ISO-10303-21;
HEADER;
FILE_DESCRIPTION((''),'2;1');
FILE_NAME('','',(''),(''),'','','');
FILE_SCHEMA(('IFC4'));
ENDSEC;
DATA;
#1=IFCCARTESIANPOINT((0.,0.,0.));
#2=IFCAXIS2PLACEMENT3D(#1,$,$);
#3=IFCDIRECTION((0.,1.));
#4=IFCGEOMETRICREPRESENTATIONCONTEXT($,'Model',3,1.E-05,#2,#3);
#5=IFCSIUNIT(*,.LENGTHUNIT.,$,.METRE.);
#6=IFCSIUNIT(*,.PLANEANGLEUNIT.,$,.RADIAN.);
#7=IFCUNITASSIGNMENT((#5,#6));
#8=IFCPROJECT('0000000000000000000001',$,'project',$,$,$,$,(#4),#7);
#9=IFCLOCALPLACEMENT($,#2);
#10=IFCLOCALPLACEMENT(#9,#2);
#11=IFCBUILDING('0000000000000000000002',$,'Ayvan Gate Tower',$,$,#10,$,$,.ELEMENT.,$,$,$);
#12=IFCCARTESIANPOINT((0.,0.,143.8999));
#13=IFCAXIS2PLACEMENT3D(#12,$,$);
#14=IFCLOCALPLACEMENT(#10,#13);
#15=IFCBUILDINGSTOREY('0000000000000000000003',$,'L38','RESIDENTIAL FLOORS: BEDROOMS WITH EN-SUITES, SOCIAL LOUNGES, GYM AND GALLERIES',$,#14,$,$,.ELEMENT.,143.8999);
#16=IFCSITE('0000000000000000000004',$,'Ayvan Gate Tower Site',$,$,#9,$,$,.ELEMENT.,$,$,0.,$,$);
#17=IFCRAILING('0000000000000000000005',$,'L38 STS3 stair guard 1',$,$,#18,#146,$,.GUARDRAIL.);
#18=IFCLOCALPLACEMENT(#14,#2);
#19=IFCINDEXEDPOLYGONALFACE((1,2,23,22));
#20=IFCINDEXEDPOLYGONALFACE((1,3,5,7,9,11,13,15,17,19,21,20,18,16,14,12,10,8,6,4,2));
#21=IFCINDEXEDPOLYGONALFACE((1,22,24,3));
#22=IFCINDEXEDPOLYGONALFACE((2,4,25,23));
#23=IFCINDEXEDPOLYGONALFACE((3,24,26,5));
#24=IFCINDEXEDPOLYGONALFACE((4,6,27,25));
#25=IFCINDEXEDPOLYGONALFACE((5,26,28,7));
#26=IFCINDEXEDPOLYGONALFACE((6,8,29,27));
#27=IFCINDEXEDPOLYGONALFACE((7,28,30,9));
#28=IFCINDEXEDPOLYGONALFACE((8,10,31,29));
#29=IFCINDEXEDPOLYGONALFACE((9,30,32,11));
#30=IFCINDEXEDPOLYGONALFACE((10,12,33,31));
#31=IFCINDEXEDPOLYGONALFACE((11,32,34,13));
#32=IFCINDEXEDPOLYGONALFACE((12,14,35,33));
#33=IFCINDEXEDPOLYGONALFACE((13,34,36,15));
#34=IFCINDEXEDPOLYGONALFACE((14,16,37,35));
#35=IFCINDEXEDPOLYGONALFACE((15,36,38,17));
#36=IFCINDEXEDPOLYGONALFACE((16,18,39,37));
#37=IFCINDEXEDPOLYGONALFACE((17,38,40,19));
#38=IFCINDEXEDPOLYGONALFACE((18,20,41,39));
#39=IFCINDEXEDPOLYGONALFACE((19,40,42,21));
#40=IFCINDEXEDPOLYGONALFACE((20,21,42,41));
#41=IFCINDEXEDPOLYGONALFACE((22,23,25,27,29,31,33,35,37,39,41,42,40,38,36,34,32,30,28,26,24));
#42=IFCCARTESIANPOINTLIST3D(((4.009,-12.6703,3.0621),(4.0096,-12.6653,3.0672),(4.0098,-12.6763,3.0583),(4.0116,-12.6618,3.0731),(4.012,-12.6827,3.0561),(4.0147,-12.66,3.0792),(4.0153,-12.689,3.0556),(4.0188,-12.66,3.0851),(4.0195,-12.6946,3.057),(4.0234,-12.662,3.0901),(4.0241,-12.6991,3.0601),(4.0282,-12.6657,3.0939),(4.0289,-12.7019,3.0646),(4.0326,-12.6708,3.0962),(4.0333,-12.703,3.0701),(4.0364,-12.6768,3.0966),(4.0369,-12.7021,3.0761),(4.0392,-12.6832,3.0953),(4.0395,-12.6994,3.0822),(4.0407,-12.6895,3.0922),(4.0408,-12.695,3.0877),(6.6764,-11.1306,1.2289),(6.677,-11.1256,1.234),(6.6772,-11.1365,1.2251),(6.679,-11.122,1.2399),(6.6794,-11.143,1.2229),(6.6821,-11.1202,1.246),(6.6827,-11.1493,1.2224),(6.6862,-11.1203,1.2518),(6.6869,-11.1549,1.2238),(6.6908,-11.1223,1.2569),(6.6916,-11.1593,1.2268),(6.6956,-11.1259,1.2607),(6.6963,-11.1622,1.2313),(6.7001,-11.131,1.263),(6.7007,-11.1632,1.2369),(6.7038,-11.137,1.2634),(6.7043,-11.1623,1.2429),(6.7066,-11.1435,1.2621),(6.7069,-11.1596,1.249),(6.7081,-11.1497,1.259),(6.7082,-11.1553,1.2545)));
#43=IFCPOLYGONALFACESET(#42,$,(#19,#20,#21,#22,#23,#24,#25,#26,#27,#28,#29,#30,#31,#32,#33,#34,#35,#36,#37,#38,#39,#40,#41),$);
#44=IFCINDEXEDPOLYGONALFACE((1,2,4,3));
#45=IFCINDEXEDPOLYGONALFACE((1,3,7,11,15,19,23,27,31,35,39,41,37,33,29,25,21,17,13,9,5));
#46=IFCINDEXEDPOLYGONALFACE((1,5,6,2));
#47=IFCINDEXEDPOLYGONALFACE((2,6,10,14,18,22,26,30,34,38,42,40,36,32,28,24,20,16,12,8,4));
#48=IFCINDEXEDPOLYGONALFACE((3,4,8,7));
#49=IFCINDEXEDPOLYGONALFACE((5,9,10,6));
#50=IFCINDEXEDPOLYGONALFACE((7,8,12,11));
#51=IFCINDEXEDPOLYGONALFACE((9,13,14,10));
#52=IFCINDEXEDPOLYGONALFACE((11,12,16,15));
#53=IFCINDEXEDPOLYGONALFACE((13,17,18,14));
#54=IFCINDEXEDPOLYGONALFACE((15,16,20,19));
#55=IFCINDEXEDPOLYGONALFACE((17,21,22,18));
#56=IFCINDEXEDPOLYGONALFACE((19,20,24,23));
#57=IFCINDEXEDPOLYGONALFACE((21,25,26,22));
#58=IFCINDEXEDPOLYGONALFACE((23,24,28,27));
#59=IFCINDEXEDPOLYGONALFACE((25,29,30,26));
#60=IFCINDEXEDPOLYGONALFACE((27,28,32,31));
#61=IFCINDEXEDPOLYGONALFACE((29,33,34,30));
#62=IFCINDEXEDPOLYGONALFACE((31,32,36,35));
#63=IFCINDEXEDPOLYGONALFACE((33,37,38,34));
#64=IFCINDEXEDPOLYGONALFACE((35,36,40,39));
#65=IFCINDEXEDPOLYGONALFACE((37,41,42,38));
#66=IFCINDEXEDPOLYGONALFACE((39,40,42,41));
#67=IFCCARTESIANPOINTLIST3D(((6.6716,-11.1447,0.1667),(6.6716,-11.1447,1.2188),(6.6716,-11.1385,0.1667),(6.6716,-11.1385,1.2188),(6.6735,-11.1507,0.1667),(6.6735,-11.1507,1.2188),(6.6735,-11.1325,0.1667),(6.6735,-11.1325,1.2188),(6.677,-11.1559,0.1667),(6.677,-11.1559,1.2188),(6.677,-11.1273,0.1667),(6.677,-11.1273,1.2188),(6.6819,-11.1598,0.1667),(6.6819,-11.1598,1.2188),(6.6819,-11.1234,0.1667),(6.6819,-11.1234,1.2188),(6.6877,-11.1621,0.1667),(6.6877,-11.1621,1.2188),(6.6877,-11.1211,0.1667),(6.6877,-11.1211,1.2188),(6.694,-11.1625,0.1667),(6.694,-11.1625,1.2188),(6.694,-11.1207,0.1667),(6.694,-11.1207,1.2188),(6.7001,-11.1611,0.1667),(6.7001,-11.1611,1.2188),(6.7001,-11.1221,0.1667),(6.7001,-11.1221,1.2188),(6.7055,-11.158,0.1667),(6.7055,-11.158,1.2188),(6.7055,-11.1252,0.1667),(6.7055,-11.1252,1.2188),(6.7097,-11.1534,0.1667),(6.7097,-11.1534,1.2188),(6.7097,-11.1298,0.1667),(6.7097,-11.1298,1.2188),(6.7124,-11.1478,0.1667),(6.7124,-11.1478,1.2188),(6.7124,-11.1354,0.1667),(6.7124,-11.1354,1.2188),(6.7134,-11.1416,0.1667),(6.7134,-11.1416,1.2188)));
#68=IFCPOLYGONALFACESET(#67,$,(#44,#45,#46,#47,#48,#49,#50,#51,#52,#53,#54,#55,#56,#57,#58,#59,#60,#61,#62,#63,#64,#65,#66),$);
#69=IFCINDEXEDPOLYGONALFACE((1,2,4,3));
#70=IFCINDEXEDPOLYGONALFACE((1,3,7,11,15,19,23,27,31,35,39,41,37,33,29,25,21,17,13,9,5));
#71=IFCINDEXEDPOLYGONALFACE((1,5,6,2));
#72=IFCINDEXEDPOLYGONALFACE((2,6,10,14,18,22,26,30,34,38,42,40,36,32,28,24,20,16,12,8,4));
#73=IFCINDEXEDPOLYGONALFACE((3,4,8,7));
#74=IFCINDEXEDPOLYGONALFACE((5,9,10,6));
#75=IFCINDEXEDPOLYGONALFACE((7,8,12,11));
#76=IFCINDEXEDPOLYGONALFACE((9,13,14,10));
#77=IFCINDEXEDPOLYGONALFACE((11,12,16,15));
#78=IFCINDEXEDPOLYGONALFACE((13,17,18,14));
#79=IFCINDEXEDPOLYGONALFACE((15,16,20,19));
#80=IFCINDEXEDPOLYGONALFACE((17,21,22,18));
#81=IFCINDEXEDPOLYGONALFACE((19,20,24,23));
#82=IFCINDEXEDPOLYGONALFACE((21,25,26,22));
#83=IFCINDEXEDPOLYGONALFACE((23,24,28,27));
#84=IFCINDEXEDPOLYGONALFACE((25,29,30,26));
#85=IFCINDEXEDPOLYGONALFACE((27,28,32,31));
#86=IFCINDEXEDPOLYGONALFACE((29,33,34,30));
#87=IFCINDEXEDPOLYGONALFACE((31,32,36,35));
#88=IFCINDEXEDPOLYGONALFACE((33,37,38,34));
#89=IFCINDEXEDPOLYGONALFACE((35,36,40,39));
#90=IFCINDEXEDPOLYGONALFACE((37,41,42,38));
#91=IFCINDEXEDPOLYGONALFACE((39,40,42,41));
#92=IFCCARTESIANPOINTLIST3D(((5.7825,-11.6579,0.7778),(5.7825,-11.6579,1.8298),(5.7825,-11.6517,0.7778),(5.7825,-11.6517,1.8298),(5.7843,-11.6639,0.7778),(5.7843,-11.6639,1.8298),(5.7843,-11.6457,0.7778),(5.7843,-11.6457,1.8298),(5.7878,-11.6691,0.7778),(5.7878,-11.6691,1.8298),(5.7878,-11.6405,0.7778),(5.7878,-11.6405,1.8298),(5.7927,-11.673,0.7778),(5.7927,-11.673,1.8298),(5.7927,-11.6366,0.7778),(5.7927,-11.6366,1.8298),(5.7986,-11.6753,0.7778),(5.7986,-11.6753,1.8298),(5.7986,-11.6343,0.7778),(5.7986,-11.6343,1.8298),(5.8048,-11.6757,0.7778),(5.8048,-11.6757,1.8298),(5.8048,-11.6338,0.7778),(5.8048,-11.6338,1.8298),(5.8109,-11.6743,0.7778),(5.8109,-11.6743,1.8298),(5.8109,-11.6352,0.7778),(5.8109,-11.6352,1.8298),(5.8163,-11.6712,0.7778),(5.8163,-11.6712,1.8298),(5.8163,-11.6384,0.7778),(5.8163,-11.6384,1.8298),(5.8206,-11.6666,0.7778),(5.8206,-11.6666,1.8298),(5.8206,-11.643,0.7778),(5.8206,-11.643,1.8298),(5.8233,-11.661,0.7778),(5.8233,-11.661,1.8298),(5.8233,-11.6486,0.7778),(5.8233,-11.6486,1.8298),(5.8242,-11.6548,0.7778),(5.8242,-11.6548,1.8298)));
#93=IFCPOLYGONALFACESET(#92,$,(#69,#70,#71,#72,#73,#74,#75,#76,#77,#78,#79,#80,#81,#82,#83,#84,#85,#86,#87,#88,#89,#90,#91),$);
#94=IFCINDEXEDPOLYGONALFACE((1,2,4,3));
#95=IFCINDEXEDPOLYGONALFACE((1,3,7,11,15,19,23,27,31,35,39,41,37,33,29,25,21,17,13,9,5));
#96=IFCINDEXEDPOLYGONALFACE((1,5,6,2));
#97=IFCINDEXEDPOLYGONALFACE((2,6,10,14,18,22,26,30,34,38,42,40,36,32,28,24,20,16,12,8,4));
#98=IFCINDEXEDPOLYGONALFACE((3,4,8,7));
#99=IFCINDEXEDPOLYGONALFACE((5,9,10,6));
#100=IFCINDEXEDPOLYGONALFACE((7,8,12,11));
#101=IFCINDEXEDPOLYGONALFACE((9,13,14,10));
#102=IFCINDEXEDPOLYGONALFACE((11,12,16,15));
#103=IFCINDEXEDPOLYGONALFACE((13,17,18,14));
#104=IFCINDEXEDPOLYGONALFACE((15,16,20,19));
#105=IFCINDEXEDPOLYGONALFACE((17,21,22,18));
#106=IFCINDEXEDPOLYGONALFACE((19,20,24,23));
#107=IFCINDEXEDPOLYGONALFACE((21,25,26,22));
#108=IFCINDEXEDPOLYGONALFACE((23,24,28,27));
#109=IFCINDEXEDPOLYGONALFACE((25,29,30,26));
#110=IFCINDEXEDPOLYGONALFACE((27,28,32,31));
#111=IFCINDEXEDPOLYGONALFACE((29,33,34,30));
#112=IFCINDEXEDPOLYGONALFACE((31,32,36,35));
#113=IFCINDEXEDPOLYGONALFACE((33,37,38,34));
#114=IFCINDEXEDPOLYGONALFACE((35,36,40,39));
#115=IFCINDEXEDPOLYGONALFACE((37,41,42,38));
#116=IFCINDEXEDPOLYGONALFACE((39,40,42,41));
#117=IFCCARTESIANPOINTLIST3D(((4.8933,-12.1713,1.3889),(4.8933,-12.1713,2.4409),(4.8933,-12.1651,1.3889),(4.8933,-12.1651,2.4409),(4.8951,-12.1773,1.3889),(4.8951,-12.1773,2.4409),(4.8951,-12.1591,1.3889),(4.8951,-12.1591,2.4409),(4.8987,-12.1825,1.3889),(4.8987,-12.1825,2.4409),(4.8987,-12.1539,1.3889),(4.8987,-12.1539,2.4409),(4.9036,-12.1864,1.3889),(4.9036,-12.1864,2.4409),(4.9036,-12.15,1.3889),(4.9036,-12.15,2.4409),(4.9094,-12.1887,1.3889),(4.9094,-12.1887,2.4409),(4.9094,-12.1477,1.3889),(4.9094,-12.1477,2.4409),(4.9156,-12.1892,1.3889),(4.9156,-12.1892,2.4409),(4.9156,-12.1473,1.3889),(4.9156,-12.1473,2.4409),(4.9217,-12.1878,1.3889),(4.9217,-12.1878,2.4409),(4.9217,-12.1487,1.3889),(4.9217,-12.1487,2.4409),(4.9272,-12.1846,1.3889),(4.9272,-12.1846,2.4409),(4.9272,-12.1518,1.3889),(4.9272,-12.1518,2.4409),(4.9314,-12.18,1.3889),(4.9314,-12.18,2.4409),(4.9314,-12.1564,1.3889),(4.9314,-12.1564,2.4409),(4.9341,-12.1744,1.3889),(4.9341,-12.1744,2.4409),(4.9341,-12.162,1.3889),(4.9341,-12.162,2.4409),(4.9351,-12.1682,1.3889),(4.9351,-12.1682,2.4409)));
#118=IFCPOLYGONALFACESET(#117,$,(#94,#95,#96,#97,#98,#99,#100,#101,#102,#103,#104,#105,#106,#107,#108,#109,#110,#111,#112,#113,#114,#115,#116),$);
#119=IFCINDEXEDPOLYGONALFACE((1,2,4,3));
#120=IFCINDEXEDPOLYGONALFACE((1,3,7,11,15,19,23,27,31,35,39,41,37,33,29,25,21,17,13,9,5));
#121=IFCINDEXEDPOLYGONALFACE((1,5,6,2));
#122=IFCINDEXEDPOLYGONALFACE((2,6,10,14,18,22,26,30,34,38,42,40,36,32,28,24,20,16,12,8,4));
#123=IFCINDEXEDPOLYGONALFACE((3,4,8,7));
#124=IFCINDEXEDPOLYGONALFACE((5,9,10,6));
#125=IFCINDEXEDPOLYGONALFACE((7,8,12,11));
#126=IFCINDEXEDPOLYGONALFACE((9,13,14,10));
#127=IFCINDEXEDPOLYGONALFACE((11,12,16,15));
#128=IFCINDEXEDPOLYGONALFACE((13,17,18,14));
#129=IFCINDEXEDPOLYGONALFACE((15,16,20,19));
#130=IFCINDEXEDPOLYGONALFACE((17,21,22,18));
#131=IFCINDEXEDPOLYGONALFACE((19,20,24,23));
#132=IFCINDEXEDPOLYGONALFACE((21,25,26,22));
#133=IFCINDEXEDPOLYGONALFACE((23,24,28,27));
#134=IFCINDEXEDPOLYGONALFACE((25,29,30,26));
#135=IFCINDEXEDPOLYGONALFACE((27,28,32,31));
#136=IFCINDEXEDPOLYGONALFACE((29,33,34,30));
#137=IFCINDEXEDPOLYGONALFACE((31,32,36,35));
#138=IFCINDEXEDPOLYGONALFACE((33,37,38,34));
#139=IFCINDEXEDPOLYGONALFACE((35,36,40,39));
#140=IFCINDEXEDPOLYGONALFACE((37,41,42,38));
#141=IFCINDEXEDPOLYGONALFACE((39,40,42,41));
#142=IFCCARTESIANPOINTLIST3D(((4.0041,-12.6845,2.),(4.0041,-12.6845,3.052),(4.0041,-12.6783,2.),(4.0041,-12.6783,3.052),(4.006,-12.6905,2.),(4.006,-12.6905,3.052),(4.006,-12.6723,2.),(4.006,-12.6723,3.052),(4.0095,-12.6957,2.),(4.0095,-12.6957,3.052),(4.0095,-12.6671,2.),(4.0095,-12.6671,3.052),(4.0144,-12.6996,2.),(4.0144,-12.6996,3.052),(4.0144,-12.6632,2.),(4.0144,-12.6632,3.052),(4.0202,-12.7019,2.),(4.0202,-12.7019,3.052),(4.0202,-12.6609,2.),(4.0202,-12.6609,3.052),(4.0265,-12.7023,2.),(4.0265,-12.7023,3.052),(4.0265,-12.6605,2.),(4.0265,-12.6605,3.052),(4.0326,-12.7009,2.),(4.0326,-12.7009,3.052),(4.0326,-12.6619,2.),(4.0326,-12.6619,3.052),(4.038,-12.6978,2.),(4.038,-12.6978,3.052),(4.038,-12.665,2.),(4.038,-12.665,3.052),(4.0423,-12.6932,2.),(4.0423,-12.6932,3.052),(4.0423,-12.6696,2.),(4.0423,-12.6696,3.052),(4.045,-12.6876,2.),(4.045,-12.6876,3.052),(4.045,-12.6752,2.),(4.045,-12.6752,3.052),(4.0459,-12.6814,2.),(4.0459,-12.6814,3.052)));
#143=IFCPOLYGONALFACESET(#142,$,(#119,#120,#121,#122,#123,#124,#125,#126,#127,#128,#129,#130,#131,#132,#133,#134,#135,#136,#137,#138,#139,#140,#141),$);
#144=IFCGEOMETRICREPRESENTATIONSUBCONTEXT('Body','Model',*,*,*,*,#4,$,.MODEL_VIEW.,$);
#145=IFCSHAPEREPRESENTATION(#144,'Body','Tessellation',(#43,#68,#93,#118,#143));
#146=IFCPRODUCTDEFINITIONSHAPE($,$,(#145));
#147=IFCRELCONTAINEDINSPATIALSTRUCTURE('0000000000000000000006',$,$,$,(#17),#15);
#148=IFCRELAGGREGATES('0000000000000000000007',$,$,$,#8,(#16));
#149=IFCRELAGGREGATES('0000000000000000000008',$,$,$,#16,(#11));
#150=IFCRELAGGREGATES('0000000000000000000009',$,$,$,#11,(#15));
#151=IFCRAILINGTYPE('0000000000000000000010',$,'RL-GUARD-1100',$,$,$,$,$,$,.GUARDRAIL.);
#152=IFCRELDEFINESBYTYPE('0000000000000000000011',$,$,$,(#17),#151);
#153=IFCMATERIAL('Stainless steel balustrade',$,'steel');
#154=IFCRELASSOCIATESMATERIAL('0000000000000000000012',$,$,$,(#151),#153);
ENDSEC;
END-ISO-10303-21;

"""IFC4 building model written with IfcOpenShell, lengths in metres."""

from ifc_helpers import new_model, si_unit, direction, frame, origin, origin_2d, place, context, subcontext, project, spatial, circle, extrude, material, type_object, element, save


model = new_model("IFC4")

# Units and contexts
model_context = context("Model", 3, precision=1e-05, world=origin(), true_north=direction((0.0, 1.0)))
body_context = subcontext(model_context, "Body", "Model", "MODEL_VIEW")
ifc_project = project(units=[si_unit("LENGTHUNIT", "METRE"), si_unit("PLANEANGLEUNIT", "RADIAN")], contexts=[model_context])

# Site, building, storey
site_placement = place(None, origin())
site = spatial("IfcSite", under=ifc_project, at=site_placement, Name="Ayvan Gate Tower Site", CompositionType="ELEMENT", RefElevation=0.0)
building_placement = place(site_placement, origin())
building = spatial("IfcBuilding", under=site, at=building_placement, Name="Ayvan Gate Tower", CompositionType="ELEMENT")
storey_placement = place(building_placement, frame((0.0, 0.0, 143.8999)))
storey = spatial("IfcBuildingStorey", under=building, at=storey_placement, Name="L38", Description="RESIDENTIAL FLOORS: BEDROOMS WITH EN-SUITES, SOCIAL LOUNGES, GYM AND GALLERIES", CompositionType="ELEMENT", Elevation=143.8999)

# Railing
ifc_material_1 = material(Name="Stainless steel balustrade", Category="steel")
railing_type_1 = type_object("IfcRailingType", Name="RL-GUARD-1100", PredefinedType="GUARDRAIL", material=ifc_material_1)
railing_1_placement = place(storey_placement, frame((6.6924, -11.1416, 0.1667)))
element("IfcRailing", 1, at=railing_1_placement, inside=storey, type_object=railing_type_1, Name="L38 STS3 stair guard 1", PredefinedType="GUARDRAIL", context=body_context, shape_type="SweptSolid", body=[
    extrude(circle(Radius=0.0239, at=origin_2d()), frame((0.0, 0.0, 1.0762), z_axis=(-0.744212, -0.429594, 0.511467), x_axis=(0.499933, -0.866064, 0.0)), (0.0, 0.0, 1.0), 3.5842),
    extrude(circle(Radius=0.021, at=origin_2d()), origin(), (0.0, 0.0, 1.0), 1.052),
    extrude(circle(Radius=0.021, at=origin_2d()), frame((-0.8892, -0.5132, 0.6111)), (0.0, 0.0, 1.0), 1.052),
    extrude(circle(Radius=0.021, at=origin_2d()), frame((-1.7783, -1.0266, 1.2222)), (0.0, 0.0, 1.0), 1.052),
    extrude(circle(Radius=0.021, at=origin_2d()), frame((-2.6675, -1.5398, 1.8333)), (0.0, 0.0, 1.0), 1.052),
])

save(model, "model.ifc")
